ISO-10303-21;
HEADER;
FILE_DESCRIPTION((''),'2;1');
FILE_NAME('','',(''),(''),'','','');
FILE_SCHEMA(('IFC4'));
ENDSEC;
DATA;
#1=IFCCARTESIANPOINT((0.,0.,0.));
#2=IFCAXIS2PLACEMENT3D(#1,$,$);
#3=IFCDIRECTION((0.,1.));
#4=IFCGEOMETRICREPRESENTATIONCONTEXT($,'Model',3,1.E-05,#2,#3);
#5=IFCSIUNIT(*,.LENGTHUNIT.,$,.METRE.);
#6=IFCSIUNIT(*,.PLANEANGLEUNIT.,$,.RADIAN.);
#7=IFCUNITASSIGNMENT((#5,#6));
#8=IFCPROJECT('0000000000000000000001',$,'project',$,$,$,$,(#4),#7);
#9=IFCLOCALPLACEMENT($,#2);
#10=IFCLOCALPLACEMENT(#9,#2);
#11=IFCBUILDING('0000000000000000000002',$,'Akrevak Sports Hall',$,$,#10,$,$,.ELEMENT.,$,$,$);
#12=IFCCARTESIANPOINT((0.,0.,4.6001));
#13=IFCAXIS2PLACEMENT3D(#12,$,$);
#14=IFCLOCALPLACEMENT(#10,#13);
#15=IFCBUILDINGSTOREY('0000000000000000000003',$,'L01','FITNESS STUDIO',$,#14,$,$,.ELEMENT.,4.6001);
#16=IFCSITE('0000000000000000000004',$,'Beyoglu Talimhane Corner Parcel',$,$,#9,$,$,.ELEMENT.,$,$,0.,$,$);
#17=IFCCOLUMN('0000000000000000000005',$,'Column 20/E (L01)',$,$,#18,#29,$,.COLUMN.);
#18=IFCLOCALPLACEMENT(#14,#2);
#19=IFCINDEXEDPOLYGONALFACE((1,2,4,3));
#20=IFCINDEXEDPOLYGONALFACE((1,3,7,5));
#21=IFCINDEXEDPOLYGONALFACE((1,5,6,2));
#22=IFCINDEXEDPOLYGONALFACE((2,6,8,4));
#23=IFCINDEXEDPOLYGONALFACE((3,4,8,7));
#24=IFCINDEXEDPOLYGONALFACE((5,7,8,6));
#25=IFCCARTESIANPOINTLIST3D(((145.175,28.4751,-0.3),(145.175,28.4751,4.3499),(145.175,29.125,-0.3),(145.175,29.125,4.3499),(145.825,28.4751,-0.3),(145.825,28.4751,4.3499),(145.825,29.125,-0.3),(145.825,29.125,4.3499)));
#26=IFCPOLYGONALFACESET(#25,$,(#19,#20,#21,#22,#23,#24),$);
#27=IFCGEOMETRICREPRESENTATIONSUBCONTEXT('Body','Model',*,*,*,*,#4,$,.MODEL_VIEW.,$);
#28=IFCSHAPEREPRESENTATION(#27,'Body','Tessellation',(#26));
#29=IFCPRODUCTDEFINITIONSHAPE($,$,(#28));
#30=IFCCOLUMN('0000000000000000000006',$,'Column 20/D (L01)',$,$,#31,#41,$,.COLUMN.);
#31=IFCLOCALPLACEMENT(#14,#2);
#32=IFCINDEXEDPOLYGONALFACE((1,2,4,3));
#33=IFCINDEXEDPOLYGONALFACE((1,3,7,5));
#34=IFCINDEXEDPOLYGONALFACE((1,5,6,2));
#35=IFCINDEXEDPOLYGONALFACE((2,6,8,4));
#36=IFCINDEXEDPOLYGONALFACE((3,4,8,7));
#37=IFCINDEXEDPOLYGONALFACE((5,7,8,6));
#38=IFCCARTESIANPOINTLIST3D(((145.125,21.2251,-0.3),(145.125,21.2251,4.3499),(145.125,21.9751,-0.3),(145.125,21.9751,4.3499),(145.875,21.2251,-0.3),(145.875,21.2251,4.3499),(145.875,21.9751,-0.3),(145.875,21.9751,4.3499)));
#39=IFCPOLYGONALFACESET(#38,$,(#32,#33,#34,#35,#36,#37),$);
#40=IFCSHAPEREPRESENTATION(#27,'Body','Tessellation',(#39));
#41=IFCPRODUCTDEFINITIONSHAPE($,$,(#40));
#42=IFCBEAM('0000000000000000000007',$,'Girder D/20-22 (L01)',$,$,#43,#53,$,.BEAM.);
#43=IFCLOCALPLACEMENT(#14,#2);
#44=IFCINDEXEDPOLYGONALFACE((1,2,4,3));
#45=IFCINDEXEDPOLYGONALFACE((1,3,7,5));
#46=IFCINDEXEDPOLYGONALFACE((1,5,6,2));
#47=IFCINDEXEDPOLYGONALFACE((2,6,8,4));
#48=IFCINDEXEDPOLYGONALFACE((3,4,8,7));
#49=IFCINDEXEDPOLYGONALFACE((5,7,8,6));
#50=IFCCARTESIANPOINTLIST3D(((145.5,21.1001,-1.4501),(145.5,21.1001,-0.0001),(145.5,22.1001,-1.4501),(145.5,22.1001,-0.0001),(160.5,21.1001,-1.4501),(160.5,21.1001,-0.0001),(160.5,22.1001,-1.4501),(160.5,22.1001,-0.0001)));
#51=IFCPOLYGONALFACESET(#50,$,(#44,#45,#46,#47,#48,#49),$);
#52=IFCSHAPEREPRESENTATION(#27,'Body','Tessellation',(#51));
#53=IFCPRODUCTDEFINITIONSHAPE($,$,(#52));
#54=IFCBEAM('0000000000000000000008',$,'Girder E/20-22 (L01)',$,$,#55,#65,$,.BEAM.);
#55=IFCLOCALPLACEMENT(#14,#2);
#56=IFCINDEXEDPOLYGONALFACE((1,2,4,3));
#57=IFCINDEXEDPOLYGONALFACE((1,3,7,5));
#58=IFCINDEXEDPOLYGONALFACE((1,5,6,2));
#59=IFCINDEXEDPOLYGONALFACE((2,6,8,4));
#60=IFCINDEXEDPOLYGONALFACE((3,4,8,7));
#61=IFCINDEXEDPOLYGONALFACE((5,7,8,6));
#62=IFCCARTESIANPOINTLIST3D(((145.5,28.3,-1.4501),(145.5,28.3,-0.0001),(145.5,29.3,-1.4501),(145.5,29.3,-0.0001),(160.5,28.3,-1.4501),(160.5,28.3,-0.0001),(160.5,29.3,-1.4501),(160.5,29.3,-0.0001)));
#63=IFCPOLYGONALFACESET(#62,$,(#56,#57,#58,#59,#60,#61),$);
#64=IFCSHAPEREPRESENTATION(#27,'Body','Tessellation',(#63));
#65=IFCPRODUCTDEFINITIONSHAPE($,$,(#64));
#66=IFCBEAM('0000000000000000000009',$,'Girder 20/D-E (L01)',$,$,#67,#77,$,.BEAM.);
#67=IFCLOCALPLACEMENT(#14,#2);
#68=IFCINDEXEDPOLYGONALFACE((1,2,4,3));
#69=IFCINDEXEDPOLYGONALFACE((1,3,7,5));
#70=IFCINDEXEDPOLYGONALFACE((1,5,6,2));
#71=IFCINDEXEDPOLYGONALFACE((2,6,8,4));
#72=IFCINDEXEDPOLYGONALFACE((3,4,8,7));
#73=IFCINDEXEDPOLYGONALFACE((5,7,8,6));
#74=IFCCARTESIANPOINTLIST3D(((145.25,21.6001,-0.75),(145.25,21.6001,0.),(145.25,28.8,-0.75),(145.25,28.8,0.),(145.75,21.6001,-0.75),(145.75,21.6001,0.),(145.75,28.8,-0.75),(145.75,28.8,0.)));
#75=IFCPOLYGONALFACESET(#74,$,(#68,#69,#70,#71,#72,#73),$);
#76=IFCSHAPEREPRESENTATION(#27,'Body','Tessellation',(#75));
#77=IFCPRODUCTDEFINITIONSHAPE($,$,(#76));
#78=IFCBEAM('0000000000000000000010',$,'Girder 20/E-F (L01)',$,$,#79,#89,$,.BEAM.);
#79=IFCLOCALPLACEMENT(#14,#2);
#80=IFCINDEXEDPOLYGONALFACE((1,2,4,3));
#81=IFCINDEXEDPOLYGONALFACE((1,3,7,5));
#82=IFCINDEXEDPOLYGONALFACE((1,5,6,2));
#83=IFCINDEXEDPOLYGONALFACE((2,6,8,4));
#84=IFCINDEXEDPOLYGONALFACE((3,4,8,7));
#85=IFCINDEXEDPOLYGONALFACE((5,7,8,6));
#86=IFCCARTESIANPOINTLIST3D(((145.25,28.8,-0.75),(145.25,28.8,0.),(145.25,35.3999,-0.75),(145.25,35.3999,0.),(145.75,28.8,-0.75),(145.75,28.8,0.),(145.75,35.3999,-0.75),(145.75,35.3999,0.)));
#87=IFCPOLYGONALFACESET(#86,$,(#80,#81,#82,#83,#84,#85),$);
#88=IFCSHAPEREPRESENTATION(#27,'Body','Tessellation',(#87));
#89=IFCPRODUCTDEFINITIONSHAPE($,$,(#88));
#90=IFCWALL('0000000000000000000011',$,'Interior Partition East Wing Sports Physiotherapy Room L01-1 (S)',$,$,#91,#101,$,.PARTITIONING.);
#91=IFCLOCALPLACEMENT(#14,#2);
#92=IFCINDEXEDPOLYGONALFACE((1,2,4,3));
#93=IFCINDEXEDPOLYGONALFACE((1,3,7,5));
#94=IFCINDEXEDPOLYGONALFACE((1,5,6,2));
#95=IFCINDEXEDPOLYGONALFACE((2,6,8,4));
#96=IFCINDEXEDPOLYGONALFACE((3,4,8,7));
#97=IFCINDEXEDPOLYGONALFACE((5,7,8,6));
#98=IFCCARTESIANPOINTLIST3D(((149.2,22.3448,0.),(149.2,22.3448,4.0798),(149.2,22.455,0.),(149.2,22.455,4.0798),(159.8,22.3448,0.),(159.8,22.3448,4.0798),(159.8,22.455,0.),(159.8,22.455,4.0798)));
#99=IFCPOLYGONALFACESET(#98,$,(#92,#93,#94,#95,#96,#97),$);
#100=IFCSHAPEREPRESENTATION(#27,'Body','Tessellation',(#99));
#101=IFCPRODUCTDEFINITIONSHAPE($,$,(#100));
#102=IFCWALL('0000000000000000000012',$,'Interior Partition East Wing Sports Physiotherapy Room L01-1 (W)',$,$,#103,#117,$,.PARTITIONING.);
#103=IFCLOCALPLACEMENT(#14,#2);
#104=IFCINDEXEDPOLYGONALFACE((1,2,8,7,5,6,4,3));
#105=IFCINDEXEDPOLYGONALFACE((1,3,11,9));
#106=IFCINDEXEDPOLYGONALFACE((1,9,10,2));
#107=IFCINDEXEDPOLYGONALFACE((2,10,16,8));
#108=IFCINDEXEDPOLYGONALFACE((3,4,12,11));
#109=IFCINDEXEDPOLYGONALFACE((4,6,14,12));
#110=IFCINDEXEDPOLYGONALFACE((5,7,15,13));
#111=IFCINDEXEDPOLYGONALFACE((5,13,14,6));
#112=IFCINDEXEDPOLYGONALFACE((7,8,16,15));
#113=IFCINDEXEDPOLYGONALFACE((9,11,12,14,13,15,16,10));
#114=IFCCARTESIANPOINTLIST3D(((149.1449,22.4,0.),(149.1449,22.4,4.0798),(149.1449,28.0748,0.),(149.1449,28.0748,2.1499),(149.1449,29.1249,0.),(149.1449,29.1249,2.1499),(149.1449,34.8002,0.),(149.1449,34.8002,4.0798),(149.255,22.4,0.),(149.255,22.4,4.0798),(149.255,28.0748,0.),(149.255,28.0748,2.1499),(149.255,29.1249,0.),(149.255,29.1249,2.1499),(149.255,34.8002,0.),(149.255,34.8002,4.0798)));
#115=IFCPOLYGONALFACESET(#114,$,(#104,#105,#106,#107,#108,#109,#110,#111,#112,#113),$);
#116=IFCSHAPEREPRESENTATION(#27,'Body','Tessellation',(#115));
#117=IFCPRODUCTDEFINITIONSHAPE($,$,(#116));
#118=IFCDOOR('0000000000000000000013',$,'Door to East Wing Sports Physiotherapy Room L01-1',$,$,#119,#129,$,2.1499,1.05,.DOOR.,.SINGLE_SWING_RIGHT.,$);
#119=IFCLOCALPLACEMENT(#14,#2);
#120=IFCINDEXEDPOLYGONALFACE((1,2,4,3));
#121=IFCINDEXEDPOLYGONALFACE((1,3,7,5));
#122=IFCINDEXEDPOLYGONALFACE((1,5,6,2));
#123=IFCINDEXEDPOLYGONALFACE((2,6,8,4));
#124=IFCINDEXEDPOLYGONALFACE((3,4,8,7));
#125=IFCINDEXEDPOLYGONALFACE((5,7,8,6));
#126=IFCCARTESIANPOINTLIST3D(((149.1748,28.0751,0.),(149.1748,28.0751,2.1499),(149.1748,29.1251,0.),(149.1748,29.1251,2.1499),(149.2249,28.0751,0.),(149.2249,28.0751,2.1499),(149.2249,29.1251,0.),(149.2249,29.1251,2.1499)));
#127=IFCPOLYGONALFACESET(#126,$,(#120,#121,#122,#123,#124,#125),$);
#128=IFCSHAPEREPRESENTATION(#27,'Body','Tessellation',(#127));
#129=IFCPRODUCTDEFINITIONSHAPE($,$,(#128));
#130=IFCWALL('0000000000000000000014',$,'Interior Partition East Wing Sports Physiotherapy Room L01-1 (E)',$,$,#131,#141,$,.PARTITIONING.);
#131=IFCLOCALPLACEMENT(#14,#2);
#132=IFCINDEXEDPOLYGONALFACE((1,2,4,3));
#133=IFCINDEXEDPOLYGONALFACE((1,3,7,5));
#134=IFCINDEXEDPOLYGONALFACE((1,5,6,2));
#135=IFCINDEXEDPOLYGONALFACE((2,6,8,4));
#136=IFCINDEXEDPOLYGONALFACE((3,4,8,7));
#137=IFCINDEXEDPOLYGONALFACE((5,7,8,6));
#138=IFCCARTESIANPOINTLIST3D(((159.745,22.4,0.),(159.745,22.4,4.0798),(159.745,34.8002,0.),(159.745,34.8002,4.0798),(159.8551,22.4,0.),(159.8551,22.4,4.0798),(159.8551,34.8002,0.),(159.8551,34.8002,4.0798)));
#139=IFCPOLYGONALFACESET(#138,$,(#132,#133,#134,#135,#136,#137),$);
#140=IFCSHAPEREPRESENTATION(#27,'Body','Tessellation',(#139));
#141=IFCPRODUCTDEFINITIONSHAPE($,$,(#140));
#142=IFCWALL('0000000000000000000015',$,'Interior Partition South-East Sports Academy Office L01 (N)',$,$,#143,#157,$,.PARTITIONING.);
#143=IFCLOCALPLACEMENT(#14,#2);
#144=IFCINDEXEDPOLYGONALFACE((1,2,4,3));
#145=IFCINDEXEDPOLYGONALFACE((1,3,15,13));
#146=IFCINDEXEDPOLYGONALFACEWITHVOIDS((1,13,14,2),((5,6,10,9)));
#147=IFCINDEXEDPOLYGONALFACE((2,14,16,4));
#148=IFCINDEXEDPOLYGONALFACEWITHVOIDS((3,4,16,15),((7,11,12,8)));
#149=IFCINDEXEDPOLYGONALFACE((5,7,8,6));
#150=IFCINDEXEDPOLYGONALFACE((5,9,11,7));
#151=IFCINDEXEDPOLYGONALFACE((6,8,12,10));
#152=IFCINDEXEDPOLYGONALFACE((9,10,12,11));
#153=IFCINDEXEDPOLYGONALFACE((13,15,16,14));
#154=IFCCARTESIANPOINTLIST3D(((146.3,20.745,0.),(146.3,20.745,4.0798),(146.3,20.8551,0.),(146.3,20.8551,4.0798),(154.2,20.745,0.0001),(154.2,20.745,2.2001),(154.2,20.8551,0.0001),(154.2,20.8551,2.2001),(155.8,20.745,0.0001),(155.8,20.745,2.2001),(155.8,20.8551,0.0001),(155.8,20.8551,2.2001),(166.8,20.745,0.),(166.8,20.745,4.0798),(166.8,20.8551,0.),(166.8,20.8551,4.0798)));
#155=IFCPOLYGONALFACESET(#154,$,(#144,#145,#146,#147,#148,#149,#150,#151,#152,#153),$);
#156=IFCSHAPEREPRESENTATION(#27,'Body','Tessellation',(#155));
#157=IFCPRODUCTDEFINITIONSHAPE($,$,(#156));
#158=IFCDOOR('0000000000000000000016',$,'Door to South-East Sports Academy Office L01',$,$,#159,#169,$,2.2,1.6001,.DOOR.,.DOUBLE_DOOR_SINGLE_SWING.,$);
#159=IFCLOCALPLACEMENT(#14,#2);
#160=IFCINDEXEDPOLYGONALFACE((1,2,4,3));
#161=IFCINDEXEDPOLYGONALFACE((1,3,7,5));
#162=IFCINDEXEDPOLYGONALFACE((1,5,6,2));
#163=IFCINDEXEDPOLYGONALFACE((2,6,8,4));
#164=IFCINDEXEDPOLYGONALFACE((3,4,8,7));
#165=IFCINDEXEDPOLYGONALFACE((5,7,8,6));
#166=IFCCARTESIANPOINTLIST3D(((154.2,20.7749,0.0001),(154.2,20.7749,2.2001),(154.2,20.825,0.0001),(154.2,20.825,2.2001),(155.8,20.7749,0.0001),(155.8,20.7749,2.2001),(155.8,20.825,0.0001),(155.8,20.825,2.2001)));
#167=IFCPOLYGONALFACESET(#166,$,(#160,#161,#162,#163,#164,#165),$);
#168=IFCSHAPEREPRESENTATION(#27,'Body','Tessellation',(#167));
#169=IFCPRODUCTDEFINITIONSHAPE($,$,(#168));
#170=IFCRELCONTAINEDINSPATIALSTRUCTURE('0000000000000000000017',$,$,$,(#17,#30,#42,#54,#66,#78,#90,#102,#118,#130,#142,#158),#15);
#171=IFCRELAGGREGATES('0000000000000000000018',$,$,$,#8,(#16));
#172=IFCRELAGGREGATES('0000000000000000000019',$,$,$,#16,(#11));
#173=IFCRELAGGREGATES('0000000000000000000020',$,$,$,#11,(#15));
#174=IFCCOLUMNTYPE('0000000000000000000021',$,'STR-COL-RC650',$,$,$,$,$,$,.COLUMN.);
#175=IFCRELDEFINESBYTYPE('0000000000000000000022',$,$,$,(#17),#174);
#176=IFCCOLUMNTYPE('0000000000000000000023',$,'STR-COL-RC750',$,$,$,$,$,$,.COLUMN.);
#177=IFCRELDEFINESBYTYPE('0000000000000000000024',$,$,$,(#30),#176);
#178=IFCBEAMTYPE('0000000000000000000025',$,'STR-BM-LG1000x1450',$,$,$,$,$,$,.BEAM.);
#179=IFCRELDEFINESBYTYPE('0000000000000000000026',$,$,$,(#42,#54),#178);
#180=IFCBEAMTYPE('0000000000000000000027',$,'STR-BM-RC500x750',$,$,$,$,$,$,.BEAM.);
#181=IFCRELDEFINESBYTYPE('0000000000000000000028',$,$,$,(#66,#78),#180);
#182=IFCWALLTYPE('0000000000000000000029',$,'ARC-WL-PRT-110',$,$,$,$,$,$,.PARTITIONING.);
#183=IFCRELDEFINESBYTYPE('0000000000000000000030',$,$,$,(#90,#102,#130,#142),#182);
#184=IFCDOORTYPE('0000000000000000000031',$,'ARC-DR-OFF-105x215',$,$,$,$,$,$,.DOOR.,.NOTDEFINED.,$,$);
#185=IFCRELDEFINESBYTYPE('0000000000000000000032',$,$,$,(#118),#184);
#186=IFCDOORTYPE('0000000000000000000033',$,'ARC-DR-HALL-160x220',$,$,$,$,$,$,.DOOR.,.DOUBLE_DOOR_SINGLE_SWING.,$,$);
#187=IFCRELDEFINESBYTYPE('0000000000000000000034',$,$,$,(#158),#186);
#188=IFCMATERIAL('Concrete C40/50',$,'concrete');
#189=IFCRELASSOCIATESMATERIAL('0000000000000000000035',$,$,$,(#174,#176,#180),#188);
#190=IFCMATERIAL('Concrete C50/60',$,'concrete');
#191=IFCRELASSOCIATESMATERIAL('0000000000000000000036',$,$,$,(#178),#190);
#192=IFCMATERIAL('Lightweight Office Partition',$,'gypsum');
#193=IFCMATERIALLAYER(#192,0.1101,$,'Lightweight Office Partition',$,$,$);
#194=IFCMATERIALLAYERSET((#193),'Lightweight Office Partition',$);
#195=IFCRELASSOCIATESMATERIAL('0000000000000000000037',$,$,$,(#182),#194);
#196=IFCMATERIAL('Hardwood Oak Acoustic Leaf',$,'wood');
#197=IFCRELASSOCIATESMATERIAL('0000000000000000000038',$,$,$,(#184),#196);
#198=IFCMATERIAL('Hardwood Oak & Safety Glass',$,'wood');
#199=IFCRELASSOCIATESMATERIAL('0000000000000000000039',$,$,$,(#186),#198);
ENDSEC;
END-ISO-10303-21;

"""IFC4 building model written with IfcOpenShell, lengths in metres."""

from ifc_helpers import new_model, si_unit, direction, frame, frame_2d, origin, origin_2d, place, context, subcontext, project, spatial, rectangle, extrude, material, layer, layer_set, material_profile, profile_set, type_object, element, fill, save


model = new_model("IFC4")

# Units and contexts
model_context = context("Model", 3, precision=1e-05, world=origin(), true_north=direction((0.0, 1.0)))
body_context = subcontext(model_context, "Body", "Model", "MODEL_VIEW")
ifc_project = project(units=[si_unit("LENGTHUNIT", "METRE"), si_unit("PLANEANGLEUNIT", "RADIAN")], contexts=[model_context])

# Site, building, storey
site_placement = place(None, origin())
site = spatial("IfcSite", under=ifc_project, at=site_placement, Name="Beyoglu Talimhane Corner Parcel", CompositionType="ELEMENT", RefElevation=0.0)
building_placement = place(site_placement, origin())
building = spatial("IfcBuilding", under=site, at=building_placement, Name="Akrevak Sports Hall", CompositionType="ELEMENT")
storey_placement = place(building_placement, frame((0.0, 0.0, 4.6001)))
storey = spatial("IfcBuildingStorey", under=building, at=storey_placement, Name="L01", Description="FITNESS STUDIO", CompositionType="ELEMENT", Elevation=4.6001)

# Columns
ifc_material_1 = material(Name="Concrete C40/50", Category="concrete")
ifc_material_profile_1 = material_profile(ifc_material_1, rectangle(XDim=0.6499, YDim=0.6499, at=origin_2d()), Name="RC 650x650", Category="concrete")
ifc_profile_set_1 = profile_set([ifc_material_profile_1], Name="Concrete C40/50")
column_type_1 = type_object("IfcColumnType", Name="STR-COL-RC650", PredefinedType="COLUMN", material=ifc_profile_set_1)
column_1_placement = place(storey_placement, frame((145.5, 28.8, -0.3), z_axis=(0.0, 0.0, 1.0), x_axis=(1.0, 0.0, 0.0)))
element("IfcColumn", 1, at=column_1_placement, inside=storey, type_object=column_type_1, Name="Column 20/E (L01)", PredefinedType="COLUMN", context=body_context, shape_type="SweptSolid", body=[
    extrude(rectangle(XDim=0.6499, YDim=0.6499, at=origin_2d()), origin(), (0.0, 0.0, 1.0), 4.6499),
])
ifc_material_profile_2 = material_profile(ifc_material_1, rectangle(XDim=0.75, YDim=0.75, at=origin_2d()), Name="RC 750x750", Category="concrete")
ifc_profile_set_2 = profile_set([ifc_material_profile_2], Name="Concrete C40/50")
column_type_2 = type_object("IfcColumnType", Name="STR-COL-RC750", PredefinedType="COLUMN", material=ifc_profile_set_2)
column_2_placement = place(storey_placement, frame((145.5, 21.6001, -0.3), z_axis=(0.0, 0.0, 1.0), x_axis=(1.0, 0.0, 0.0)))
element("IfcColumn", 2, at=column_2_placement, inside=storey, type_object=column_type_2, Name="Column 20/D (L01)", PredefinedType="COLUMN", context=body_context, shape_type="SweptSolid", body=[
    extrude(rectangle(XDim=0.75, YDim=0.75, at=origin_2d()), origin(), (0.0, 0.0, 1.0), 4.6499),
])

# Beams
ifc_material_2 = material(Name="Concrete C50/60", Category="concrete")
ifc_material_profile_3 = material_profile(ifc_material_2, rectangle(XDim=1.0, YDim=1.45, at=origin_2d()), Name="BM 1000x1450", Category="concrete")
ifc_profile_set_3 = profile_set([ifc_material_profile_3], Name="Concrete C50/60")
beam_type_1 = type_object("IfcBeamType", Name="STR-BM-LG1000x1450", PredefinedType="BEAM", material=ifc_profile_set_3)
for number, where, z_axis, x_axis, name in (
    (3, (145.5, 21.6001, -0.7251), (1.0, 0.0, 0.0), (0.0, 1.0, 0.0), "Girder D/20-22 (L01)"),
    (4, (145.5, 28.8, -0.7251), (1.0, 0.0, 0.0), (0.0, 1.0, 0.0), "Girder E/20-22 (L01)"),
):
    element("IfcBeam", number, at=place(storey_placement, frame(where, z_axis=z_axis, x_axis=x_axis)), inside=storey, type_object=beam_type_1, Name=name, PredefinedType="BEAM", context=body_context, shape_type="SweptSolid", body=[
        extrude(rectangle(XDim=1.0, YDim=1.45, at=origin_2d()), origin(), (0.0, 0.0, 1.0), 15.0),
    ])
ifc_material_profile_4 = material_profile(ifc_material_1, rectangle(XDim=0.5, YDim=0.75, at=origin_2d()), Name="BM 500x750", Category="concrete")
ifc_profile_set_4 = profile_set([ifc_material_profile_4], Name="Concrete C40/50")
beam_type_2 = type_object("IfcBeamType", Name="STR-BM-RC500x750", PredefinedType="BEAM", material=ifc_profile_set_4)
beam_1_placement = place(storey_placement, frame((145.5, 21.6001, -0.375), z_axis=(0.0, 1.0, 0.0), x_axis=(-1.0, 0.0, 0.0)))
element("IfcBeam", 5, at=beam_1_placement, inside=storey, type_object=beam_type_2, Name="Girder 20/D-E (L01)", PredefinedType="BEAM", context=body_context, shape_type="SweptSolid", body=[
    extrude(rectangle(XDim=0.5, YDim=0.75, at=origin_2d()), origin(), (0.0, 0.0, 1.0), 7.2),
])
beam_2_placement = place(storey_placement, frame((145.5, 28.8, -0.375), z_axis=(0.0, 1.0, 0.0), x_axis=(-1.0, 0.0, 0.0)))
element("IfcBeam", 6, at=beam_2_placement, inside=storey, type_object=beam_type_2, Name="Girder 20/E-F (L01)", PredefinedType="BEAM", context=body_context, shape_type="SweptSolid", body=[
    extrude(rectangle(XDim=0.5, YDim=0.75, at=origin_2d()), origin(), (0.0, 0.0, 1.0), 6.5999),
])

# Wall
ifc_material_3 = material(Name="Lightweight Office Partition", Category="gypsum")
ifc_layer_1 = layer(ifc_material_3, 0.1101, Name="Lightweight Office Partition")
ifc_layer_set_1 = layer_set([ifc_layer_1], Name="Lightweight Office Partition")
wall_type_1 = type_object("IfcWallType", Name="ARC-WL-PRT-110", PredefinedType="PARTITIONING", material=ifc_layer_set_1)
wall_1_placement = place(storey_placement, frame((149.2, 22.3999, 0.0), z_axis=(0.0, 0.0, 1.0), x_axis=(1.0, 0.0, 0.0)))
element("IfcWall", 7, at=wall_1_placement, inside=storey, type_object=wall_type_1, Name="Interior Partition East Wing Sports Physiotherapy Room L01-1 (S)", PredefinedType="PARTITIONING", context=body_context, shape_type="SweptSolid", body=[
    extrude(rectangle(XDim=10.6001, YDim=0.1101, at=frame_2d((5.3, 0.0))), origin(), (0.0, 0.0, 1.0), 4.0798),
])

# Wall, opening, door
wall_2_placement = place(storey_placement, frame((149.2, 22.3999, 0.0), z_axis=(0.0, 0.0, 1.0), x_axis=(0.0, 1.0, 0.0)))
wall_2 = element("IfcWall", 8, at=wall_2_placement, inside=storey, type_object=wall_type_1, Name="Interior Partition East Wing Sports Physiotherapy Room L01-1 (W)", PredefinedType="PARTITIONING", context=body_context, shape_type="SweptSolid", body=[
    extrude(rectangle(XDim=12.4001, YDim=0.1101, at=frame_2d((6.2002, 0.0))), origin(), (0.0, 0.0, 1.0), 4.0798),
])
opening_1_placement = place(wall_2_placement, frame((5.675, 0.0, 0.0)))
opening_1 = element("IfcOpeningElement", 9, at=opening_1_placement, cuts=wall_2, PredefinedType="OPENING", context=body_context, shape_type="SweptSolid", body=[
    extrude(rectangle(XDim=1.05, YDim=2.1499, at=frame_2d((0.5249, 1.075))), frame((0.0, 0.0669, 0.0), z_axis=(0.0, -1.0, 0.0), x_axis=(1.0, 0.0, 0.0)), (0.0, 0.0, 1.0), 0.134),
])
ifc_material_4 = material(Name="Hardwood Oak Acoustic Leaf", Category="wood")
door_type_1 = type_object("IfcDoorType", Name="ARC-DR-OFF-105x215", OperationType="NOTDEFINED", PredefinedType="DOOR", material=ifc_material_4)
door_1_placement = place(opening_1_placement, frame((1.05, 0.0, 0.0), z_axis=(0.0, 0.0, 1.0), x_axis=(-1.0, 0.0, 0.0)))
door_1 = element("IfcDoor", 10, at=door_1_placement, inside=storey, type_object=door_type_1, Name="Door to East Wing Sports Physiotherapy Room L01-1", OperationType="SINGLE_SWING_RIGHT", OverallHeight=2.1499, OverallWidth=1.05, PredefinedType="DOOR", context=body_context, shape_type="SweptSolid", body=[
    extrude(rectangle(XDim=1.05, YDim=2.1499, at=frame_2d((0.5249, 1.075))), frame((0.0, 0.0249, 0.0), z_axis=(0.0, -1.0, 0.0), x_axis=(1.0, 0.0, 0.0)), (0.0, 0.0, 1.0), 0.05),
])
fill(opening_1, door_1)

# Wall
wall_3_placement = place(storey_placement, frame((159.8, 22.3999, 0.0), z_axis=(0.0, 0.0, 1.0), x_axis=(0.0, 1.0, 0.0)))
element("IfcWall", 11, at=wall_3_placement, inside=storey, type_object=wall_type_1, Name="Interior Partition East Wing Sports Physiotherapy Room L01-1 (E)", PredefinedType="PARTITIONING", context=body_context, shape_type="SweptSolid", body=[
    extrude(rectangle(XDim=12.4001, YDim=0.1101, at=frame_2d((6.2002, 0.0))), origin(), (0.0, 0.0, 1.0), 4.0798),
])

# Wall, opening, door
wall_4_placement = place(storey_placement, frame((146.3, 20.8, 0.0), z_axis=(0.0, 0.0, 1.0), x_axis=(1.0, 0.0, 0.0)))
wall_4 = element("IfcWall", 12, at=wall_4_placement, inside=storey, type_object=wall_type_1, Name="Interior Partition South-East Sports Academy Office L01 (N)", PredefinedType="PARTITIONING", context=body_context, shape_type="SweptSolid", body=[
    extrude(rectangle(XDim=20.5, YDim=0.1101, at=frame_2d((10.25, 0.0))), origin(), (0.0, 0.0, 1.0), 4.0798),
])
opening_2_placement = place(wall_4_placement, frame((7.8999, 0.0, 0.0)))
opening_2 = element("IfcOpeningElement", 13, at=opening_2_placement, cuts=wall_4, PredefinedType="OPENING", context=body_context, shape_type="SweptSolid", body=[
    extrude(rectangle(XDim=1.6001, YDim=2.2, at=frame_2d((0.8, 1.1001))), frame((0.0, 0.0669, 0.0), z_axis=(0.0, -1.0, 0.0), x_axis=(1.0, 0.0, 0.0)), (0.0, 0.0, 1.0), 0.134),
])
ifc_material_5 = material(Name="Hardwood Oak & Safety Glass", Category="wood")
door_type_2 = type_object("IfcDoorType", Name="ARC-DR-HALL-160x220", OperationType="DOUBLE_DOOR_SINGLE_SWING", PredefinedType="DOOR", material=ifc_material_5)
door_2_placement = place(opening_2_placement, origin())
door_2 = element("IfcDoor", 14, at=door_2_placement, inside=storey, type_object=door_type_2, Name="Door to South-East Sports Academy Office L01", OperationType="DOUBLE_DOOR_SINGLE_SWING", OverallHeight=2.2, OverallWidth=1.6001, PredefinedType="DOOR", context=body_context, shape_type="SweptSolid", body=[
    extrude(rectangle(XDim=1.6001, YDim=2.2, at=frame_2d((0.8, 1.1001))), frame((0.0, 0.0249, 0.0), z_axis=(0.0, -1.0, 0.0), x_axis=(1.0, 0.0, 0.0)), (0.0, 0.0, 1.0), 0.05),
])
fill(opening_2, door_2)

save(model, "model.ifc")
